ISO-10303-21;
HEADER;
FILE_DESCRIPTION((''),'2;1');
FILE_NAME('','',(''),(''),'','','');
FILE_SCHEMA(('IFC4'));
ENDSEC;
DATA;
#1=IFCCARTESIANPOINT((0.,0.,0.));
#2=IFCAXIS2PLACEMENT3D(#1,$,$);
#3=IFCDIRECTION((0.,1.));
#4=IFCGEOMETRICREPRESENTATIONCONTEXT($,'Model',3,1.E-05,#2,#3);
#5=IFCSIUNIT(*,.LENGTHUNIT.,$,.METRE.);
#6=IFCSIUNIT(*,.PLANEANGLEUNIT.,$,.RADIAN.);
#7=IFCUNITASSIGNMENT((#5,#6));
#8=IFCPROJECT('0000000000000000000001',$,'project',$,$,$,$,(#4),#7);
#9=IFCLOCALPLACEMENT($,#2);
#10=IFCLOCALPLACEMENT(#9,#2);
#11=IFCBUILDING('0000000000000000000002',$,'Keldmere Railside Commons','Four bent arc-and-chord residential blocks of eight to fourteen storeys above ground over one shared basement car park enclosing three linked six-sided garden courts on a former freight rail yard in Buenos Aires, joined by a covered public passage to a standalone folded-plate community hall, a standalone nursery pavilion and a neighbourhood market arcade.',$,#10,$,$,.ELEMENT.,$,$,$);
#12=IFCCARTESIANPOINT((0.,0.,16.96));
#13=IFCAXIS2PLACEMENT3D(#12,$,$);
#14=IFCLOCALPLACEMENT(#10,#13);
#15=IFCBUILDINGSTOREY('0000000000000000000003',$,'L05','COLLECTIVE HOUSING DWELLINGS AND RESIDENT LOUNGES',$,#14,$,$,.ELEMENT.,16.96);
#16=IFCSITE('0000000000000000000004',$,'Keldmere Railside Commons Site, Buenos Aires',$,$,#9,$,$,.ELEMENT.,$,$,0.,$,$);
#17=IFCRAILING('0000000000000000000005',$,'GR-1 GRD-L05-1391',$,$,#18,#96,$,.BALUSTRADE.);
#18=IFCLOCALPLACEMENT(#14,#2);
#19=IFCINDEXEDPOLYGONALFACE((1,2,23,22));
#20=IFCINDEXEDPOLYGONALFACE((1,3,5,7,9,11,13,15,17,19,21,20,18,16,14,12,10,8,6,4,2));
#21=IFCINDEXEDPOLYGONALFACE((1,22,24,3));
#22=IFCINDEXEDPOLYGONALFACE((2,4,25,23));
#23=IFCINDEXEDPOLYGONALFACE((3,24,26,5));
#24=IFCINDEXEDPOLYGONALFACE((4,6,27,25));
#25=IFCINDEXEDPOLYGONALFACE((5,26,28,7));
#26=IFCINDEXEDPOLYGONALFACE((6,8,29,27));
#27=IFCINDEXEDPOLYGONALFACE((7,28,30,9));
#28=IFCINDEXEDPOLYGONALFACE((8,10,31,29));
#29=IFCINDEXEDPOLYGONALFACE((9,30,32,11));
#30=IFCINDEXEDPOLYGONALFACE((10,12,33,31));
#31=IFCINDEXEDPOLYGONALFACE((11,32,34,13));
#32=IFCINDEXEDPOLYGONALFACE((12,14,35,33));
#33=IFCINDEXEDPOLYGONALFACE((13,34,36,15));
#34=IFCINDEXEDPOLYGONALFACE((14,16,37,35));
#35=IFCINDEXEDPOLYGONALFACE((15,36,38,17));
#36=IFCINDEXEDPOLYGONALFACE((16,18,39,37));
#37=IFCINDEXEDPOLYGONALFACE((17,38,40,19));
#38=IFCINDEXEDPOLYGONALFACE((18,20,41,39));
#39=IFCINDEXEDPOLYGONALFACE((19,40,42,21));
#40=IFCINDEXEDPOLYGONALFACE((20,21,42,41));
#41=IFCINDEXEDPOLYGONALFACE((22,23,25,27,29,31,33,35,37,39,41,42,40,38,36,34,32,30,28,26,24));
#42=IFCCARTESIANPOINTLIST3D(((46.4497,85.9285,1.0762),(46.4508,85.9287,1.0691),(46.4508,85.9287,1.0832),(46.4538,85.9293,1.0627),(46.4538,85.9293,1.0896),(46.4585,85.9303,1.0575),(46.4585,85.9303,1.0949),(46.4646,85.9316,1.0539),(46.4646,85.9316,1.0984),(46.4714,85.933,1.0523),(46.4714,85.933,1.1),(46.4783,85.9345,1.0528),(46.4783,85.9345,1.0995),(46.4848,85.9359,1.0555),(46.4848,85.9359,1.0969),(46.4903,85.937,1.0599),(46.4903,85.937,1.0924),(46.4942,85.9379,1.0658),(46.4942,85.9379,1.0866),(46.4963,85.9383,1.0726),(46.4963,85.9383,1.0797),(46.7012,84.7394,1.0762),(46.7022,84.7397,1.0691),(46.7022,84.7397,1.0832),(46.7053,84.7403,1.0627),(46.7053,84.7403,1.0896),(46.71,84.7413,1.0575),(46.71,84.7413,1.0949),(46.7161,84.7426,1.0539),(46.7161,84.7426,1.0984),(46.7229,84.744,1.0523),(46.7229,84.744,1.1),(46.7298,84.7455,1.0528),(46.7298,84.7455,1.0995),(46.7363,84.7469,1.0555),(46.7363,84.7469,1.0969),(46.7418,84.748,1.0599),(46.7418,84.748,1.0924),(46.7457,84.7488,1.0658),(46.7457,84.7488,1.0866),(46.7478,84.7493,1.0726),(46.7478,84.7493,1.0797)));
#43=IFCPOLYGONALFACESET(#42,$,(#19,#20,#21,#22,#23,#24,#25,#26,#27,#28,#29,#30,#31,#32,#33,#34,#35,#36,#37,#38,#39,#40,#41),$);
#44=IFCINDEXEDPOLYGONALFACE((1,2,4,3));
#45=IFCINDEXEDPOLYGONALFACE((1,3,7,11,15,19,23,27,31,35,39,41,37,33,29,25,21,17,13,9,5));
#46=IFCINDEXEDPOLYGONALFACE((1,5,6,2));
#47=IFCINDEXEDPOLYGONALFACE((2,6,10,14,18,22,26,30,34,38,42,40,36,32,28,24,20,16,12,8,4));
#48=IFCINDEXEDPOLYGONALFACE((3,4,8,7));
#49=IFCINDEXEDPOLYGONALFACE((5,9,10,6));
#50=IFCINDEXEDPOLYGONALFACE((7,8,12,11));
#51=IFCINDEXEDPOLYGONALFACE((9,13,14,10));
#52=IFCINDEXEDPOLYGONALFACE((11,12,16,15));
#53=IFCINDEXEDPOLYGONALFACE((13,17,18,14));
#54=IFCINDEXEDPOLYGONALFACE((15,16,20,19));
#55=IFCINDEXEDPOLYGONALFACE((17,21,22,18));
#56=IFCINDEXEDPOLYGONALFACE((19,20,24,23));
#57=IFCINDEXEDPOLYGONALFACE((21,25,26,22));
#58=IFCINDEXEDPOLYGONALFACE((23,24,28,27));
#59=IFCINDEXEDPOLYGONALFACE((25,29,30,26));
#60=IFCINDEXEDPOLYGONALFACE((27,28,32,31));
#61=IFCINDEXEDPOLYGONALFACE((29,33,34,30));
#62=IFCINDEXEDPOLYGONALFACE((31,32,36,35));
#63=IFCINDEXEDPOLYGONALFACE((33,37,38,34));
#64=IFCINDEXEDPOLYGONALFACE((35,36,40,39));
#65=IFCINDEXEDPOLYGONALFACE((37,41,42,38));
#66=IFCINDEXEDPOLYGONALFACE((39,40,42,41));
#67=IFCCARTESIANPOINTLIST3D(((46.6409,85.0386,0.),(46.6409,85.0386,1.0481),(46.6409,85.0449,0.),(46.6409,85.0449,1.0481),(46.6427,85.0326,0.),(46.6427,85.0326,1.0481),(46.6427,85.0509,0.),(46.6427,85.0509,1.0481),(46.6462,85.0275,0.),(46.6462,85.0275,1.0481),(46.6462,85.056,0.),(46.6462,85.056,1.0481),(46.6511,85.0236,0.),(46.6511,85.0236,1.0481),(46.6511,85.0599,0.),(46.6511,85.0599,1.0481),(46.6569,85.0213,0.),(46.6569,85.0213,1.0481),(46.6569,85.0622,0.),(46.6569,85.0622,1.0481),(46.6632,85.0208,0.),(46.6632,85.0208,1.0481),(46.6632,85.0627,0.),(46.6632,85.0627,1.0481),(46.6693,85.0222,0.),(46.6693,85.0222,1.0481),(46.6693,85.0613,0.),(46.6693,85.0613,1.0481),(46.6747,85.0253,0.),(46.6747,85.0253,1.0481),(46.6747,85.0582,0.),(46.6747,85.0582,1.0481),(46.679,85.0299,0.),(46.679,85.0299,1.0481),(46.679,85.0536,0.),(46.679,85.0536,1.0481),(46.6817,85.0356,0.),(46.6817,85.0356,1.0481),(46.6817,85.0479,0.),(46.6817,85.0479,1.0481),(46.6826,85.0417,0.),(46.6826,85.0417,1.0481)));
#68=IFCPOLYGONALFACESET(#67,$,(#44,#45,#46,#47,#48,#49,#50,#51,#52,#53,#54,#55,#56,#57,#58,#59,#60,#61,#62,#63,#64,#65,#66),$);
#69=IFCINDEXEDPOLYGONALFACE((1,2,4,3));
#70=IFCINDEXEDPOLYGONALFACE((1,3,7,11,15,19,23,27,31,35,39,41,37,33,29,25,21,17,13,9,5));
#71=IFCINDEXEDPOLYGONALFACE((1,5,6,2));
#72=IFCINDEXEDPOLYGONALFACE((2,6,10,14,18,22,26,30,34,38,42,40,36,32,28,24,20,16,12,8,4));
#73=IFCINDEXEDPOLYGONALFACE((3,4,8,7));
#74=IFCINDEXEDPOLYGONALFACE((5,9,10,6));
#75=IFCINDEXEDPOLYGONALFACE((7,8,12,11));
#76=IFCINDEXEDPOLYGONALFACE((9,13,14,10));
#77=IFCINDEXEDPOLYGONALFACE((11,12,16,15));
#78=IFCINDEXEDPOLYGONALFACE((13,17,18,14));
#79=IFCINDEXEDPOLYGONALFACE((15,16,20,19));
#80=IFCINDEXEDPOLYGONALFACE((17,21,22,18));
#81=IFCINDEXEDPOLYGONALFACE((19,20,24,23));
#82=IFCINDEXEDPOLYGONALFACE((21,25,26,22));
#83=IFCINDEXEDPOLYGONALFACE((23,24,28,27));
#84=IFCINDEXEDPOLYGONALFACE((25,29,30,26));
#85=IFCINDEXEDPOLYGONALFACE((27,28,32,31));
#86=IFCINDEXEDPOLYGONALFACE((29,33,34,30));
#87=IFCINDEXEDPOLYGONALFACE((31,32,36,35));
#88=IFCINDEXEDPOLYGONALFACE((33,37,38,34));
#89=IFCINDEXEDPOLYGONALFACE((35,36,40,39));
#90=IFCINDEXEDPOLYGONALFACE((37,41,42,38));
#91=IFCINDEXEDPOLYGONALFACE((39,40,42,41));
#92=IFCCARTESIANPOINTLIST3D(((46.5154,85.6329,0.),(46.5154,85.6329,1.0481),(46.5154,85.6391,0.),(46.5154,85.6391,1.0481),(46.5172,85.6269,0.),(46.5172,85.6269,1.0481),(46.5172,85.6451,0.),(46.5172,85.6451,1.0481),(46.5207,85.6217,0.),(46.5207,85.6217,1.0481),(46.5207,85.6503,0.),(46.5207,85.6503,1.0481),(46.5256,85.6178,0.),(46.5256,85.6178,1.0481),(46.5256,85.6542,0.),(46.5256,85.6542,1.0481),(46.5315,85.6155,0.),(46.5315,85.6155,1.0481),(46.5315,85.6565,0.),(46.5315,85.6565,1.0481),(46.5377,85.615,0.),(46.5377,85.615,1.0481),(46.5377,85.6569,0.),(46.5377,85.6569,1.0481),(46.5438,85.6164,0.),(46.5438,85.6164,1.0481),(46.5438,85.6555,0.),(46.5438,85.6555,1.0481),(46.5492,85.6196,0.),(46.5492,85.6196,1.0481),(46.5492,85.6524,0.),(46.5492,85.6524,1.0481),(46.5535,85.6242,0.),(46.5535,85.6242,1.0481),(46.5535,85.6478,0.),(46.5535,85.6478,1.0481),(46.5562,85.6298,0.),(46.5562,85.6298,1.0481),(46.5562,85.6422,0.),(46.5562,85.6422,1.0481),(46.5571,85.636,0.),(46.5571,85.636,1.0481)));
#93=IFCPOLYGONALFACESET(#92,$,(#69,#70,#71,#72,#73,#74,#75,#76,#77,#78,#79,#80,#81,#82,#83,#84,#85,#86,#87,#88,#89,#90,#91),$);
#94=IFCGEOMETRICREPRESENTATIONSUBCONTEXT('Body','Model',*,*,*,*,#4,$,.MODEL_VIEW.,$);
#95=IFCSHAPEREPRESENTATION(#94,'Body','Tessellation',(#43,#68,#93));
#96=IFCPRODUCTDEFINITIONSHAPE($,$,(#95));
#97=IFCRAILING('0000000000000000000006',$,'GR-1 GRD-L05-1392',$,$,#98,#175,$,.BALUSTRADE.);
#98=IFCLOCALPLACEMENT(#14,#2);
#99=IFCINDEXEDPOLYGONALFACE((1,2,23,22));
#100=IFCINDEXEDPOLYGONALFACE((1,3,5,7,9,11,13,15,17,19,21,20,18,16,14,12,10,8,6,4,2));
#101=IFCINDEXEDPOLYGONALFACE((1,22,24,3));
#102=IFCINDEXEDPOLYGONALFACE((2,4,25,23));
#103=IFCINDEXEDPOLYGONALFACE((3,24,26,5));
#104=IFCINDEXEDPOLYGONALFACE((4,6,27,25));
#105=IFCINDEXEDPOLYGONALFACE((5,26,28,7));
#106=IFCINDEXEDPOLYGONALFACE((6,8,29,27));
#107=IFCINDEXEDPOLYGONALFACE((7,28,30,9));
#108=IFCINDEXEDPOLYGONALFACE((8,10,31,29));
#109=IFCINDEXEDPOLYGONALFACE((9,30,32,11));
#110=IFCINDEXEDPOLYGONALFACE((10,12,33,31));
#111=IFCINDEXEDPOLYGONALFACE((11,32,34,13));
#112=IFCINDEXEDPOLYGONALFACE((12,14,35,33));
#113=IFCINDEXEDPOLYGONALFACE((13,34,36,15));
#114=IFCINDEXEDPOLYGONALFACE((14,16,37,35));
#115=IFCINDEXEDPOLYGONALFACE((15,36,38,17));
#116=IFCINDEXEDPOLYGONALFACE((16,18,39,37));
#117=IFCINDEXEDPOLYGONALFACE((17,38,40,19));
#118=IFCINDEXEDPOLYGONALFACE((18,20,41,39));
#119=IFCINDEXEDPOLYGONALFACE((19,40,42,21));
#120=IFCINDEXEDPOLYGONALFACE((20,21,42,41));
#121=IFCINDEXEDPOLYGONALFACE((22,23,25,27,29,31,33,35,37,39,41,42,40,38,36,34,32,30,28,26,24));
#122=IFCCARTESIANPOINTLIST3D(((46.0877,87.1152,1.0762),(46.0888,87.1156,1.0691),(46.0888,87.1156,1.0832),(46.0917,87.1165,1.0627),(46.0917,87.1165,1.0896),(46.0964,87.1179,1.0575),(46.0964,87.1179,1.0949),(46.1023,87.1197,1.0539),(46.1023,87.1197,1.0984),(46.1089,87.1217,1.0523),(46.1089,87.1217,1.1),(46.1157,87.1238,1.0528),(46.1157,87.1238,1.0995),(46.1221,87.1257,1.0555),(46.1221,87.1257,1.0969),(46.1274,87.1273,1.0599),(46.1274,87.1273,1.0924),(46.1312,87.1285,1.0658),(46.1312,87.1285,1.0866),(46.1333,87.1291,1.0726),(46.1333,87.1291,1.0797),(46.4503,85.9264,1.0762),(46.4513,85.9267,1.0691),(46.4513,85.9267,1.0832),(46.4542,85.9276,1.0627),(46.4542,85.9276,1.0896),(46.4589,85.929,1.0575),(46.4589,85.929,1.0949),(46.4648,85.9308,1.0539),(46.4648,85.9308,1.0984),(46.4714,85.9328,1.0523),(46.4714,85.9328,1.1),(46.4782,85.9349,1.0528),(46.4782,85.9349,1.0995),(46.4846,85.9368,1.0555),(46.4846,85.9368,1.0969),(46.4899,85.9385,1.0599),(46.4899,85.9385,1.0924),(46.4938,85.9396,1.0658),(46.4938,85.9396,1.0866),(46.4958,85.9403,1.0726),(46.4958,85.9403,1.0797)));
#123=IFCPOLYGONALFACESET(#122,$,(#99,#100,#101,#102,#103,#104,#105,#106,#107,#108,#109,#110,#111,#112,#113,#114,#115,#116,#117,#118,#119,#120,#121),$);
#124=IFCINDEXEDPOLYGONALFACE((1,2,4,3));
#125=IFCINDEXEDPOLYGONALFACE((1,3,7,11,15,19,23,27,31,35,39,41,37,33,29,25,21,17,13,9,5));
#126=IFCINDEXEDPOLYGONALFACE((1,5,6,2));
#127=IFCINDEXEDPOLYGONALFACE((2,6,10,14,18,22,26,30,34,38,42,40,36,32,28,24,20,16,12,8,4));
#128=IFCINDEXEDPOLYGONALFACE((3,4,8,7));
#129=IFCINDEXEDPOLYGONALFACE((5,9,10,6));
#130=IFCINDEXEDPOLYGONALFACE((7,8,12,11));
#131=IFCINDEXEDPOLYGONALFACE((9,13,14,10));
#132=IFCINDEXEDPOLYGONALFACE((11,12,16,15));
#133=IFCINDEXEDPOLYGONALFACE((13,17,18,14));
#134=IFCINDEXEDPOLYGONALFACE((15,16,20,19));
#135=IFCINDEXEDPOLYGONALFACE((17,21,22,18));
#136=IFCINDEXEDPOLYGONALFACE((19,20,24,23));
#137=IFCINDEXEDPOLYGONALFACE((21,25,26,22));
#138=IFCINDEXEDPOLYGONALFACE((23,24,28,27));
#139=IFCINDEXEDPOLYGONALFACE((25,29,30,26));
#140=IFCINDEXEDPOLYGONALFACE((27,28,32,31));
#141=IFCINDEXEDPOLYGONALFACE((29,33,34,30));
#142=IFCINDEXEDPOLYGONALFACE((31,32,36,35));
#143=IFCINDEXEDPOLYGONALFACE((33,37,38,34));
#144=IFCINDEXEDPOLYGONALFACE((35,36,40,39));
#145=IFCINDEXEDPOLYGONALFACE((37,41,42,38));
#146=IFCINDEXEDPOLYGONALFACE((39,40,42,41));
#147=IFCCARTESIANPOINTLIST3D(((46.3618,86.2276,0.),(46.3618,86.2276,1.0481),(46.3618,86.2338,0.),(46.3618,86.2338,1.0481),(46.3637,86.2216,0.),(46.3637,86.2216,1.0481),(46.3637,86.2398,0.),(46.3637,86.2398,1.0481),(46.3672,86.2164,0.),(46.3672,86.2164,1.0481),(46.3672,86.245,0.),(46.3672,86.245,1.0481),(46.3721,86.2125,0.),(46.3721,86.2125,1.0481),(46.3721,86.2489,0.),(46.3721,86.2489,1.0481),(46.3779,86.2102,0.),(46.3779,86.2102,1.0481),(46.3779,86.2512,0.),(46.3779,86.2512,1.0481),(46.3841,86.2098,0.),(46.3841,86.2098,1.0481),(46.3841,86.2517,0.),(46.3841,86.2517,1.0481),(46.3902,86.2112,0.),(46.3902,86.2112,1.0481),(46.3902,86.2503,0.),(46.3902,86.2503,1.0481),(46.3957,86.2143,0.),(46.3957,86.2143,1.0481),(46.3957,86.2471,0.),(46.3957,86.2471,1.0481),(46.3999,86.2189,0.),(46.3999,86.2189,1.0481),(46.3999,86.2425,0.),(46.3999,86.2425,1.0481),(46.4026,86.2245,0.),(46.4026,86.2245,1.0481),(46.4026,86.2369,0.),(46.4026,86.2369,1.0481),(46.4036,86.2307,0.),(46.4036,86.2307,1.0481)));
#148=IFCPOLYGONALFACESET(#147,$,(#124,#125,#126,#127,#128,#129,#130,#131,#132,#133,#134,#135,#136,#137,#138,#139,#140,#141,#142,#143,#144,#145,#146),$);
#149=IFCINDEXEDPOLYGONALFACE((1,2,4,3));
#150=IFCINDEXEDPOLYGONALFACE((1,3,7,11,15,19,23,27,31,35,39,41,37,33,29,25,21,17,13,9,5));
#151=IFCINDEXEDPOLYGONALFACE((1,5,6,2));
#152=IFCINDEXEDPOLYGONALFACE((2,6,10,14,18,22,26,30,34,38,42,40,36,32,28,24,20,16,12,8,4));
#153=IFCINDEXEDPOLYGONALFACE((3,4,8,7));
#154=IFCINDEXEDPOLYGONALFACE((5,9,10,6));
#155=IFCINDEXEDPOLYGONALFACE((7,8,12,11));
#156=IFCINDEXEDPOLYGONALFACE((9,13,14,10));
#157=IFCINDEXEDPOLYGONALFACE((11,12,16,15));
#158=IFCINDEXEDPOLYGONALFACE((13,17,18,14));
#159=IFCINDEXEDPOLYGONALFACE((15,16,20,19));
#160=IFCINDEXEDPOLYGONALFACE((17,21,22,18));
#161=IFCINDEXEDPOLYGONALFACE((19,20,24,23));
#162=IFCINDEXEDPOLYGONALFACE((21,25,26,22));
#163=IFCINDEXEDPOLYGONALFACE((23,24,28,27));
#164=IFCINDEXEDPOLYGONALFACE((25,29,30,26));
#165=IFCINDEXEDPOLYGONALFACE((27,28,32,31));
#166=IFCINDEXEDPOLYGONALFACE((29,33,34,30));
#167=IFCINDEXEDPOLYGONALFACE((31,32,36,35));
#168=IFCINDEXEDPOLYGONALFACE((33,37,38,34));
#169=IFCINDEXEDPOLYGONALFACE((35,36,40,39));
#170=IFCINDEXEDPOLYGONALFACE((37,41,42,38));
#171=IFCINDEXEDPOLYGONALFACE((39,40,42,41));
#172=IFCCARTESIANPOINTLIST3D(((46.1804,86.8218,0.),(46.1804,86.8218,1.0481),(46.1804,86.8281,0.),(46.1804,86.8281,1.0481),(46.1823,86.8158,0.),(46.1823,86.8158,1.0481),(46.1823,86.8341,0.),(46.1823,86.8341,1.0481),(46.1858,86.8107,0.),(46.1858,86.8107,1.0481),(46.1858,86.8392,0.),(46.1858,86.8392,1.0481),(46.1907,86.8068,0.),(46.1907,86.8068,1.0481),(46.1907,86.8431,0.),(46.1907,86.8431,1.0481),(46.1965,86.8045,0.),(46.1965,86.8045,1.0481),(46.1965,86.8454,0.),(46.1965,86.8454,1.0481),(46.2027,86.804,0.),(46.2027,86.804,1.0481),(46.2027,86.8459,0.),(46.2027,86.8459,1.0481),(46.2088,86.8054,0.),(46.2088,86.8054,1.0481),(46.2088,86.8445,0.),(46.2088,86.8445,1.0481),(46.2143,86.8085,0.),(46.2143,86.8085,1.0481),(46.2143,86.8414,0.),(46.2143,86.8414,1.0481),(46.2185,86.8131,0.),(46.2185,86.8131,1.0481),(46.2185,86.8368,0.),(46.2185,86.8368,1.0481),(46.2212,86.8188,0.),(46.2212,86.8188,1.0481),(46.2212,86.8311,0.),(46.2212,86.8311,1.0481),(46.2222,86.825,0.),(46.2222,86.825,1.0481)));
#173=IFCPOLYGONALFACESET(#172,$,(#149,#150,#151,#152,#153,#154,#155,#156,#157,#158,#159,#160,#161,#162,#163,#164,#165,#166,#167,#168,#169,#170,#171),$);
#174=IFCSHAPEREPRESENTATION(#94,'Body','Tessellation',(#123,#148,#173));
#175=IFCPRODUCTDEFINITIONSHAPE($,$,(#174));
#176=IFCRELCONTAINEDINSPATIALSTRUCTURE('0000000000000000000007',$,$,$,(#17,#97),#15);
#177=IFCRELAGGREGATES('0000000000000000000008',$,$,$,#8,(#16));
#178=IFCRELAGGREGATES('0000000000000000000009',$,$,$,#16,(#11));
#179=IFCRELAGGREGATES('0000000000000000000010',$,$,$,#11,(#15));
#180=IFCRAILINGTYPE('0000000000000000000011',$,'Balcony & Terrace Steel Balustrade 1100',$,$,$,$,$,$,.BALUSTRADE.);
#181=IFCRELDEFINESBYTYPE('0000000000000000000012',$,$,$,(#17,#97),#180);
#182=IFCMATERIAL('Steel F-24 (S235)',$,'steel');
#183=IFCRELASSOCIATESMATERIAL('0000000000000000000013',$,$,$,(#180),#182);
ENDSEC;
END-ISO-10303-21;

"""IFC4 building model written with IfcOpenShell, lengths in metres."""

from ifc_helpers import new_model, si_unit, direction, frame, origin, origin_2d, place, context, subcontext, project, spatial, circle, extrude, material, type_object, element, save


model = new_model("IFC4")

# Units and contexts
model_context = context("Model", 3, precision=1e-05, world=origin(), true_north=direction((0.0, 1.0)))
body_context = subcontext(model_context, "Body", "Model", "MODEL_VIEW")
ifc_project = project(units=[si_unit("LENGTHUNIT", "METRE"), si_unit("PLANEANGLEUNIT", "RADIAN")], contexts=[model_context])

# Site, building, storey
site_placement = place(None, origin())
site = spatial("IfcSite", under=ifc_project, at=site_placement, Name="Keldmere Railside Commons Site, Buenos Aires", CompositionType="ELEMENT", RefElevation=0.0)
building_placement = place(site_placement, origin())
building = spatial("IfcBuilding", under=site, at=building_placement, Name="Keldmere Railside Commons", Description="Four bent arc-and-chord residential blocks of eight to fourteen storeys above ground over one shared basement car park enclosing three linked six-sided garden courts on a former freight rail yard in Buenos Aires, joined by a covered public passage to a standalone folded-plate community hall, a standalone nursery pavilion and a neighbourhood market arcade.", CompositionType="ELEMENT")
storey_placement = place(building_placement, frame((0.0, 0.0, 16.96)))
storey = spatial("IfcBuildingStorey", under=building, at=storey_placement, Name="L05", Description="COLLECTIVE HOUSING DWELLINGS AND RESIDENT LOUNGES", CompositionType="ELEMENT", Elevation=16.96)

# Shared definitions
ifc_material_1 = material(Name="Steel F-24 (S235)", Category="steel")

# Railings
railing_type = type_object("IfcRailingType", Name="Balcony & Terrace Steel Balustrade 1100", PredefinedType="BALUSTRADE", material=ifc_material_1)
railing_1_placement = place(storey_placement, frame((46.7246, 84.7444, 0.0)))
element("IfcRailing", 1, at=railing_1_placement, inside=storey, type_object=railing_type, Name="GR-1 GRD-L05-1391", PredefinedType="BALUSTRADE", context=body_context, shape_type="SweptSolid", body=[
    extrude(circle(Radius=0.0239, at=origin_2d()), frame((0.0, 0.0, 1.0762), z_axis=(-0.206922, 0.978358, 0.0), x_axis=(-0.978358, -0.206922, 0.0)), (0.0, 0.0, 1.0), 1.2153),
    extrude(circle(Radius=0.021, at=origin_2d()), frame((-0.063, 0.2974, 0.0)), (0.0, 0.0, 1.0), 1.0481),
    extrude(circle(Radius=0.021, at=origin_2d()), frame((-0.1885, 0.8916, 0.0)), (0.0, 0.0, 1.0), 1.0481),
])
railing_2_placement = place(storey_placement, frame((46.4731, 85.9333, 0.0)))
element("IfcRailing", 2, at=railing_2_placement, inside=storey, type_object=railing_type, Name="GR-1 GRD-L05-1392", PredefinedType="BALUSTRADE", context=body_context, shape_type="SweptSolid", body=[
    extrude(circle(Radius=0.0239, at=origin_2d()), frame((0.0, 0.0, 1.0762), z_axis=(-0.29167, 0.956519, 0.0), x_axis=(-0.956519, -0.29167, 0.0)), (0.0, 0.0, 1.0), 1.2429),
    extrude(circle(Radius=0.021, at=origin_2d()), frame((-0.0906, 0.2974, 0.0)), (0.0, 0.0, 1.0), 1.0481),
    extrude(circle(Radius=0.021, at=origin_2d()), frame((-0.272, 0.8916, 0.0)), (0.0, 0.0, 1.0), 1.0481),
])

save(model, "model.ifc")
